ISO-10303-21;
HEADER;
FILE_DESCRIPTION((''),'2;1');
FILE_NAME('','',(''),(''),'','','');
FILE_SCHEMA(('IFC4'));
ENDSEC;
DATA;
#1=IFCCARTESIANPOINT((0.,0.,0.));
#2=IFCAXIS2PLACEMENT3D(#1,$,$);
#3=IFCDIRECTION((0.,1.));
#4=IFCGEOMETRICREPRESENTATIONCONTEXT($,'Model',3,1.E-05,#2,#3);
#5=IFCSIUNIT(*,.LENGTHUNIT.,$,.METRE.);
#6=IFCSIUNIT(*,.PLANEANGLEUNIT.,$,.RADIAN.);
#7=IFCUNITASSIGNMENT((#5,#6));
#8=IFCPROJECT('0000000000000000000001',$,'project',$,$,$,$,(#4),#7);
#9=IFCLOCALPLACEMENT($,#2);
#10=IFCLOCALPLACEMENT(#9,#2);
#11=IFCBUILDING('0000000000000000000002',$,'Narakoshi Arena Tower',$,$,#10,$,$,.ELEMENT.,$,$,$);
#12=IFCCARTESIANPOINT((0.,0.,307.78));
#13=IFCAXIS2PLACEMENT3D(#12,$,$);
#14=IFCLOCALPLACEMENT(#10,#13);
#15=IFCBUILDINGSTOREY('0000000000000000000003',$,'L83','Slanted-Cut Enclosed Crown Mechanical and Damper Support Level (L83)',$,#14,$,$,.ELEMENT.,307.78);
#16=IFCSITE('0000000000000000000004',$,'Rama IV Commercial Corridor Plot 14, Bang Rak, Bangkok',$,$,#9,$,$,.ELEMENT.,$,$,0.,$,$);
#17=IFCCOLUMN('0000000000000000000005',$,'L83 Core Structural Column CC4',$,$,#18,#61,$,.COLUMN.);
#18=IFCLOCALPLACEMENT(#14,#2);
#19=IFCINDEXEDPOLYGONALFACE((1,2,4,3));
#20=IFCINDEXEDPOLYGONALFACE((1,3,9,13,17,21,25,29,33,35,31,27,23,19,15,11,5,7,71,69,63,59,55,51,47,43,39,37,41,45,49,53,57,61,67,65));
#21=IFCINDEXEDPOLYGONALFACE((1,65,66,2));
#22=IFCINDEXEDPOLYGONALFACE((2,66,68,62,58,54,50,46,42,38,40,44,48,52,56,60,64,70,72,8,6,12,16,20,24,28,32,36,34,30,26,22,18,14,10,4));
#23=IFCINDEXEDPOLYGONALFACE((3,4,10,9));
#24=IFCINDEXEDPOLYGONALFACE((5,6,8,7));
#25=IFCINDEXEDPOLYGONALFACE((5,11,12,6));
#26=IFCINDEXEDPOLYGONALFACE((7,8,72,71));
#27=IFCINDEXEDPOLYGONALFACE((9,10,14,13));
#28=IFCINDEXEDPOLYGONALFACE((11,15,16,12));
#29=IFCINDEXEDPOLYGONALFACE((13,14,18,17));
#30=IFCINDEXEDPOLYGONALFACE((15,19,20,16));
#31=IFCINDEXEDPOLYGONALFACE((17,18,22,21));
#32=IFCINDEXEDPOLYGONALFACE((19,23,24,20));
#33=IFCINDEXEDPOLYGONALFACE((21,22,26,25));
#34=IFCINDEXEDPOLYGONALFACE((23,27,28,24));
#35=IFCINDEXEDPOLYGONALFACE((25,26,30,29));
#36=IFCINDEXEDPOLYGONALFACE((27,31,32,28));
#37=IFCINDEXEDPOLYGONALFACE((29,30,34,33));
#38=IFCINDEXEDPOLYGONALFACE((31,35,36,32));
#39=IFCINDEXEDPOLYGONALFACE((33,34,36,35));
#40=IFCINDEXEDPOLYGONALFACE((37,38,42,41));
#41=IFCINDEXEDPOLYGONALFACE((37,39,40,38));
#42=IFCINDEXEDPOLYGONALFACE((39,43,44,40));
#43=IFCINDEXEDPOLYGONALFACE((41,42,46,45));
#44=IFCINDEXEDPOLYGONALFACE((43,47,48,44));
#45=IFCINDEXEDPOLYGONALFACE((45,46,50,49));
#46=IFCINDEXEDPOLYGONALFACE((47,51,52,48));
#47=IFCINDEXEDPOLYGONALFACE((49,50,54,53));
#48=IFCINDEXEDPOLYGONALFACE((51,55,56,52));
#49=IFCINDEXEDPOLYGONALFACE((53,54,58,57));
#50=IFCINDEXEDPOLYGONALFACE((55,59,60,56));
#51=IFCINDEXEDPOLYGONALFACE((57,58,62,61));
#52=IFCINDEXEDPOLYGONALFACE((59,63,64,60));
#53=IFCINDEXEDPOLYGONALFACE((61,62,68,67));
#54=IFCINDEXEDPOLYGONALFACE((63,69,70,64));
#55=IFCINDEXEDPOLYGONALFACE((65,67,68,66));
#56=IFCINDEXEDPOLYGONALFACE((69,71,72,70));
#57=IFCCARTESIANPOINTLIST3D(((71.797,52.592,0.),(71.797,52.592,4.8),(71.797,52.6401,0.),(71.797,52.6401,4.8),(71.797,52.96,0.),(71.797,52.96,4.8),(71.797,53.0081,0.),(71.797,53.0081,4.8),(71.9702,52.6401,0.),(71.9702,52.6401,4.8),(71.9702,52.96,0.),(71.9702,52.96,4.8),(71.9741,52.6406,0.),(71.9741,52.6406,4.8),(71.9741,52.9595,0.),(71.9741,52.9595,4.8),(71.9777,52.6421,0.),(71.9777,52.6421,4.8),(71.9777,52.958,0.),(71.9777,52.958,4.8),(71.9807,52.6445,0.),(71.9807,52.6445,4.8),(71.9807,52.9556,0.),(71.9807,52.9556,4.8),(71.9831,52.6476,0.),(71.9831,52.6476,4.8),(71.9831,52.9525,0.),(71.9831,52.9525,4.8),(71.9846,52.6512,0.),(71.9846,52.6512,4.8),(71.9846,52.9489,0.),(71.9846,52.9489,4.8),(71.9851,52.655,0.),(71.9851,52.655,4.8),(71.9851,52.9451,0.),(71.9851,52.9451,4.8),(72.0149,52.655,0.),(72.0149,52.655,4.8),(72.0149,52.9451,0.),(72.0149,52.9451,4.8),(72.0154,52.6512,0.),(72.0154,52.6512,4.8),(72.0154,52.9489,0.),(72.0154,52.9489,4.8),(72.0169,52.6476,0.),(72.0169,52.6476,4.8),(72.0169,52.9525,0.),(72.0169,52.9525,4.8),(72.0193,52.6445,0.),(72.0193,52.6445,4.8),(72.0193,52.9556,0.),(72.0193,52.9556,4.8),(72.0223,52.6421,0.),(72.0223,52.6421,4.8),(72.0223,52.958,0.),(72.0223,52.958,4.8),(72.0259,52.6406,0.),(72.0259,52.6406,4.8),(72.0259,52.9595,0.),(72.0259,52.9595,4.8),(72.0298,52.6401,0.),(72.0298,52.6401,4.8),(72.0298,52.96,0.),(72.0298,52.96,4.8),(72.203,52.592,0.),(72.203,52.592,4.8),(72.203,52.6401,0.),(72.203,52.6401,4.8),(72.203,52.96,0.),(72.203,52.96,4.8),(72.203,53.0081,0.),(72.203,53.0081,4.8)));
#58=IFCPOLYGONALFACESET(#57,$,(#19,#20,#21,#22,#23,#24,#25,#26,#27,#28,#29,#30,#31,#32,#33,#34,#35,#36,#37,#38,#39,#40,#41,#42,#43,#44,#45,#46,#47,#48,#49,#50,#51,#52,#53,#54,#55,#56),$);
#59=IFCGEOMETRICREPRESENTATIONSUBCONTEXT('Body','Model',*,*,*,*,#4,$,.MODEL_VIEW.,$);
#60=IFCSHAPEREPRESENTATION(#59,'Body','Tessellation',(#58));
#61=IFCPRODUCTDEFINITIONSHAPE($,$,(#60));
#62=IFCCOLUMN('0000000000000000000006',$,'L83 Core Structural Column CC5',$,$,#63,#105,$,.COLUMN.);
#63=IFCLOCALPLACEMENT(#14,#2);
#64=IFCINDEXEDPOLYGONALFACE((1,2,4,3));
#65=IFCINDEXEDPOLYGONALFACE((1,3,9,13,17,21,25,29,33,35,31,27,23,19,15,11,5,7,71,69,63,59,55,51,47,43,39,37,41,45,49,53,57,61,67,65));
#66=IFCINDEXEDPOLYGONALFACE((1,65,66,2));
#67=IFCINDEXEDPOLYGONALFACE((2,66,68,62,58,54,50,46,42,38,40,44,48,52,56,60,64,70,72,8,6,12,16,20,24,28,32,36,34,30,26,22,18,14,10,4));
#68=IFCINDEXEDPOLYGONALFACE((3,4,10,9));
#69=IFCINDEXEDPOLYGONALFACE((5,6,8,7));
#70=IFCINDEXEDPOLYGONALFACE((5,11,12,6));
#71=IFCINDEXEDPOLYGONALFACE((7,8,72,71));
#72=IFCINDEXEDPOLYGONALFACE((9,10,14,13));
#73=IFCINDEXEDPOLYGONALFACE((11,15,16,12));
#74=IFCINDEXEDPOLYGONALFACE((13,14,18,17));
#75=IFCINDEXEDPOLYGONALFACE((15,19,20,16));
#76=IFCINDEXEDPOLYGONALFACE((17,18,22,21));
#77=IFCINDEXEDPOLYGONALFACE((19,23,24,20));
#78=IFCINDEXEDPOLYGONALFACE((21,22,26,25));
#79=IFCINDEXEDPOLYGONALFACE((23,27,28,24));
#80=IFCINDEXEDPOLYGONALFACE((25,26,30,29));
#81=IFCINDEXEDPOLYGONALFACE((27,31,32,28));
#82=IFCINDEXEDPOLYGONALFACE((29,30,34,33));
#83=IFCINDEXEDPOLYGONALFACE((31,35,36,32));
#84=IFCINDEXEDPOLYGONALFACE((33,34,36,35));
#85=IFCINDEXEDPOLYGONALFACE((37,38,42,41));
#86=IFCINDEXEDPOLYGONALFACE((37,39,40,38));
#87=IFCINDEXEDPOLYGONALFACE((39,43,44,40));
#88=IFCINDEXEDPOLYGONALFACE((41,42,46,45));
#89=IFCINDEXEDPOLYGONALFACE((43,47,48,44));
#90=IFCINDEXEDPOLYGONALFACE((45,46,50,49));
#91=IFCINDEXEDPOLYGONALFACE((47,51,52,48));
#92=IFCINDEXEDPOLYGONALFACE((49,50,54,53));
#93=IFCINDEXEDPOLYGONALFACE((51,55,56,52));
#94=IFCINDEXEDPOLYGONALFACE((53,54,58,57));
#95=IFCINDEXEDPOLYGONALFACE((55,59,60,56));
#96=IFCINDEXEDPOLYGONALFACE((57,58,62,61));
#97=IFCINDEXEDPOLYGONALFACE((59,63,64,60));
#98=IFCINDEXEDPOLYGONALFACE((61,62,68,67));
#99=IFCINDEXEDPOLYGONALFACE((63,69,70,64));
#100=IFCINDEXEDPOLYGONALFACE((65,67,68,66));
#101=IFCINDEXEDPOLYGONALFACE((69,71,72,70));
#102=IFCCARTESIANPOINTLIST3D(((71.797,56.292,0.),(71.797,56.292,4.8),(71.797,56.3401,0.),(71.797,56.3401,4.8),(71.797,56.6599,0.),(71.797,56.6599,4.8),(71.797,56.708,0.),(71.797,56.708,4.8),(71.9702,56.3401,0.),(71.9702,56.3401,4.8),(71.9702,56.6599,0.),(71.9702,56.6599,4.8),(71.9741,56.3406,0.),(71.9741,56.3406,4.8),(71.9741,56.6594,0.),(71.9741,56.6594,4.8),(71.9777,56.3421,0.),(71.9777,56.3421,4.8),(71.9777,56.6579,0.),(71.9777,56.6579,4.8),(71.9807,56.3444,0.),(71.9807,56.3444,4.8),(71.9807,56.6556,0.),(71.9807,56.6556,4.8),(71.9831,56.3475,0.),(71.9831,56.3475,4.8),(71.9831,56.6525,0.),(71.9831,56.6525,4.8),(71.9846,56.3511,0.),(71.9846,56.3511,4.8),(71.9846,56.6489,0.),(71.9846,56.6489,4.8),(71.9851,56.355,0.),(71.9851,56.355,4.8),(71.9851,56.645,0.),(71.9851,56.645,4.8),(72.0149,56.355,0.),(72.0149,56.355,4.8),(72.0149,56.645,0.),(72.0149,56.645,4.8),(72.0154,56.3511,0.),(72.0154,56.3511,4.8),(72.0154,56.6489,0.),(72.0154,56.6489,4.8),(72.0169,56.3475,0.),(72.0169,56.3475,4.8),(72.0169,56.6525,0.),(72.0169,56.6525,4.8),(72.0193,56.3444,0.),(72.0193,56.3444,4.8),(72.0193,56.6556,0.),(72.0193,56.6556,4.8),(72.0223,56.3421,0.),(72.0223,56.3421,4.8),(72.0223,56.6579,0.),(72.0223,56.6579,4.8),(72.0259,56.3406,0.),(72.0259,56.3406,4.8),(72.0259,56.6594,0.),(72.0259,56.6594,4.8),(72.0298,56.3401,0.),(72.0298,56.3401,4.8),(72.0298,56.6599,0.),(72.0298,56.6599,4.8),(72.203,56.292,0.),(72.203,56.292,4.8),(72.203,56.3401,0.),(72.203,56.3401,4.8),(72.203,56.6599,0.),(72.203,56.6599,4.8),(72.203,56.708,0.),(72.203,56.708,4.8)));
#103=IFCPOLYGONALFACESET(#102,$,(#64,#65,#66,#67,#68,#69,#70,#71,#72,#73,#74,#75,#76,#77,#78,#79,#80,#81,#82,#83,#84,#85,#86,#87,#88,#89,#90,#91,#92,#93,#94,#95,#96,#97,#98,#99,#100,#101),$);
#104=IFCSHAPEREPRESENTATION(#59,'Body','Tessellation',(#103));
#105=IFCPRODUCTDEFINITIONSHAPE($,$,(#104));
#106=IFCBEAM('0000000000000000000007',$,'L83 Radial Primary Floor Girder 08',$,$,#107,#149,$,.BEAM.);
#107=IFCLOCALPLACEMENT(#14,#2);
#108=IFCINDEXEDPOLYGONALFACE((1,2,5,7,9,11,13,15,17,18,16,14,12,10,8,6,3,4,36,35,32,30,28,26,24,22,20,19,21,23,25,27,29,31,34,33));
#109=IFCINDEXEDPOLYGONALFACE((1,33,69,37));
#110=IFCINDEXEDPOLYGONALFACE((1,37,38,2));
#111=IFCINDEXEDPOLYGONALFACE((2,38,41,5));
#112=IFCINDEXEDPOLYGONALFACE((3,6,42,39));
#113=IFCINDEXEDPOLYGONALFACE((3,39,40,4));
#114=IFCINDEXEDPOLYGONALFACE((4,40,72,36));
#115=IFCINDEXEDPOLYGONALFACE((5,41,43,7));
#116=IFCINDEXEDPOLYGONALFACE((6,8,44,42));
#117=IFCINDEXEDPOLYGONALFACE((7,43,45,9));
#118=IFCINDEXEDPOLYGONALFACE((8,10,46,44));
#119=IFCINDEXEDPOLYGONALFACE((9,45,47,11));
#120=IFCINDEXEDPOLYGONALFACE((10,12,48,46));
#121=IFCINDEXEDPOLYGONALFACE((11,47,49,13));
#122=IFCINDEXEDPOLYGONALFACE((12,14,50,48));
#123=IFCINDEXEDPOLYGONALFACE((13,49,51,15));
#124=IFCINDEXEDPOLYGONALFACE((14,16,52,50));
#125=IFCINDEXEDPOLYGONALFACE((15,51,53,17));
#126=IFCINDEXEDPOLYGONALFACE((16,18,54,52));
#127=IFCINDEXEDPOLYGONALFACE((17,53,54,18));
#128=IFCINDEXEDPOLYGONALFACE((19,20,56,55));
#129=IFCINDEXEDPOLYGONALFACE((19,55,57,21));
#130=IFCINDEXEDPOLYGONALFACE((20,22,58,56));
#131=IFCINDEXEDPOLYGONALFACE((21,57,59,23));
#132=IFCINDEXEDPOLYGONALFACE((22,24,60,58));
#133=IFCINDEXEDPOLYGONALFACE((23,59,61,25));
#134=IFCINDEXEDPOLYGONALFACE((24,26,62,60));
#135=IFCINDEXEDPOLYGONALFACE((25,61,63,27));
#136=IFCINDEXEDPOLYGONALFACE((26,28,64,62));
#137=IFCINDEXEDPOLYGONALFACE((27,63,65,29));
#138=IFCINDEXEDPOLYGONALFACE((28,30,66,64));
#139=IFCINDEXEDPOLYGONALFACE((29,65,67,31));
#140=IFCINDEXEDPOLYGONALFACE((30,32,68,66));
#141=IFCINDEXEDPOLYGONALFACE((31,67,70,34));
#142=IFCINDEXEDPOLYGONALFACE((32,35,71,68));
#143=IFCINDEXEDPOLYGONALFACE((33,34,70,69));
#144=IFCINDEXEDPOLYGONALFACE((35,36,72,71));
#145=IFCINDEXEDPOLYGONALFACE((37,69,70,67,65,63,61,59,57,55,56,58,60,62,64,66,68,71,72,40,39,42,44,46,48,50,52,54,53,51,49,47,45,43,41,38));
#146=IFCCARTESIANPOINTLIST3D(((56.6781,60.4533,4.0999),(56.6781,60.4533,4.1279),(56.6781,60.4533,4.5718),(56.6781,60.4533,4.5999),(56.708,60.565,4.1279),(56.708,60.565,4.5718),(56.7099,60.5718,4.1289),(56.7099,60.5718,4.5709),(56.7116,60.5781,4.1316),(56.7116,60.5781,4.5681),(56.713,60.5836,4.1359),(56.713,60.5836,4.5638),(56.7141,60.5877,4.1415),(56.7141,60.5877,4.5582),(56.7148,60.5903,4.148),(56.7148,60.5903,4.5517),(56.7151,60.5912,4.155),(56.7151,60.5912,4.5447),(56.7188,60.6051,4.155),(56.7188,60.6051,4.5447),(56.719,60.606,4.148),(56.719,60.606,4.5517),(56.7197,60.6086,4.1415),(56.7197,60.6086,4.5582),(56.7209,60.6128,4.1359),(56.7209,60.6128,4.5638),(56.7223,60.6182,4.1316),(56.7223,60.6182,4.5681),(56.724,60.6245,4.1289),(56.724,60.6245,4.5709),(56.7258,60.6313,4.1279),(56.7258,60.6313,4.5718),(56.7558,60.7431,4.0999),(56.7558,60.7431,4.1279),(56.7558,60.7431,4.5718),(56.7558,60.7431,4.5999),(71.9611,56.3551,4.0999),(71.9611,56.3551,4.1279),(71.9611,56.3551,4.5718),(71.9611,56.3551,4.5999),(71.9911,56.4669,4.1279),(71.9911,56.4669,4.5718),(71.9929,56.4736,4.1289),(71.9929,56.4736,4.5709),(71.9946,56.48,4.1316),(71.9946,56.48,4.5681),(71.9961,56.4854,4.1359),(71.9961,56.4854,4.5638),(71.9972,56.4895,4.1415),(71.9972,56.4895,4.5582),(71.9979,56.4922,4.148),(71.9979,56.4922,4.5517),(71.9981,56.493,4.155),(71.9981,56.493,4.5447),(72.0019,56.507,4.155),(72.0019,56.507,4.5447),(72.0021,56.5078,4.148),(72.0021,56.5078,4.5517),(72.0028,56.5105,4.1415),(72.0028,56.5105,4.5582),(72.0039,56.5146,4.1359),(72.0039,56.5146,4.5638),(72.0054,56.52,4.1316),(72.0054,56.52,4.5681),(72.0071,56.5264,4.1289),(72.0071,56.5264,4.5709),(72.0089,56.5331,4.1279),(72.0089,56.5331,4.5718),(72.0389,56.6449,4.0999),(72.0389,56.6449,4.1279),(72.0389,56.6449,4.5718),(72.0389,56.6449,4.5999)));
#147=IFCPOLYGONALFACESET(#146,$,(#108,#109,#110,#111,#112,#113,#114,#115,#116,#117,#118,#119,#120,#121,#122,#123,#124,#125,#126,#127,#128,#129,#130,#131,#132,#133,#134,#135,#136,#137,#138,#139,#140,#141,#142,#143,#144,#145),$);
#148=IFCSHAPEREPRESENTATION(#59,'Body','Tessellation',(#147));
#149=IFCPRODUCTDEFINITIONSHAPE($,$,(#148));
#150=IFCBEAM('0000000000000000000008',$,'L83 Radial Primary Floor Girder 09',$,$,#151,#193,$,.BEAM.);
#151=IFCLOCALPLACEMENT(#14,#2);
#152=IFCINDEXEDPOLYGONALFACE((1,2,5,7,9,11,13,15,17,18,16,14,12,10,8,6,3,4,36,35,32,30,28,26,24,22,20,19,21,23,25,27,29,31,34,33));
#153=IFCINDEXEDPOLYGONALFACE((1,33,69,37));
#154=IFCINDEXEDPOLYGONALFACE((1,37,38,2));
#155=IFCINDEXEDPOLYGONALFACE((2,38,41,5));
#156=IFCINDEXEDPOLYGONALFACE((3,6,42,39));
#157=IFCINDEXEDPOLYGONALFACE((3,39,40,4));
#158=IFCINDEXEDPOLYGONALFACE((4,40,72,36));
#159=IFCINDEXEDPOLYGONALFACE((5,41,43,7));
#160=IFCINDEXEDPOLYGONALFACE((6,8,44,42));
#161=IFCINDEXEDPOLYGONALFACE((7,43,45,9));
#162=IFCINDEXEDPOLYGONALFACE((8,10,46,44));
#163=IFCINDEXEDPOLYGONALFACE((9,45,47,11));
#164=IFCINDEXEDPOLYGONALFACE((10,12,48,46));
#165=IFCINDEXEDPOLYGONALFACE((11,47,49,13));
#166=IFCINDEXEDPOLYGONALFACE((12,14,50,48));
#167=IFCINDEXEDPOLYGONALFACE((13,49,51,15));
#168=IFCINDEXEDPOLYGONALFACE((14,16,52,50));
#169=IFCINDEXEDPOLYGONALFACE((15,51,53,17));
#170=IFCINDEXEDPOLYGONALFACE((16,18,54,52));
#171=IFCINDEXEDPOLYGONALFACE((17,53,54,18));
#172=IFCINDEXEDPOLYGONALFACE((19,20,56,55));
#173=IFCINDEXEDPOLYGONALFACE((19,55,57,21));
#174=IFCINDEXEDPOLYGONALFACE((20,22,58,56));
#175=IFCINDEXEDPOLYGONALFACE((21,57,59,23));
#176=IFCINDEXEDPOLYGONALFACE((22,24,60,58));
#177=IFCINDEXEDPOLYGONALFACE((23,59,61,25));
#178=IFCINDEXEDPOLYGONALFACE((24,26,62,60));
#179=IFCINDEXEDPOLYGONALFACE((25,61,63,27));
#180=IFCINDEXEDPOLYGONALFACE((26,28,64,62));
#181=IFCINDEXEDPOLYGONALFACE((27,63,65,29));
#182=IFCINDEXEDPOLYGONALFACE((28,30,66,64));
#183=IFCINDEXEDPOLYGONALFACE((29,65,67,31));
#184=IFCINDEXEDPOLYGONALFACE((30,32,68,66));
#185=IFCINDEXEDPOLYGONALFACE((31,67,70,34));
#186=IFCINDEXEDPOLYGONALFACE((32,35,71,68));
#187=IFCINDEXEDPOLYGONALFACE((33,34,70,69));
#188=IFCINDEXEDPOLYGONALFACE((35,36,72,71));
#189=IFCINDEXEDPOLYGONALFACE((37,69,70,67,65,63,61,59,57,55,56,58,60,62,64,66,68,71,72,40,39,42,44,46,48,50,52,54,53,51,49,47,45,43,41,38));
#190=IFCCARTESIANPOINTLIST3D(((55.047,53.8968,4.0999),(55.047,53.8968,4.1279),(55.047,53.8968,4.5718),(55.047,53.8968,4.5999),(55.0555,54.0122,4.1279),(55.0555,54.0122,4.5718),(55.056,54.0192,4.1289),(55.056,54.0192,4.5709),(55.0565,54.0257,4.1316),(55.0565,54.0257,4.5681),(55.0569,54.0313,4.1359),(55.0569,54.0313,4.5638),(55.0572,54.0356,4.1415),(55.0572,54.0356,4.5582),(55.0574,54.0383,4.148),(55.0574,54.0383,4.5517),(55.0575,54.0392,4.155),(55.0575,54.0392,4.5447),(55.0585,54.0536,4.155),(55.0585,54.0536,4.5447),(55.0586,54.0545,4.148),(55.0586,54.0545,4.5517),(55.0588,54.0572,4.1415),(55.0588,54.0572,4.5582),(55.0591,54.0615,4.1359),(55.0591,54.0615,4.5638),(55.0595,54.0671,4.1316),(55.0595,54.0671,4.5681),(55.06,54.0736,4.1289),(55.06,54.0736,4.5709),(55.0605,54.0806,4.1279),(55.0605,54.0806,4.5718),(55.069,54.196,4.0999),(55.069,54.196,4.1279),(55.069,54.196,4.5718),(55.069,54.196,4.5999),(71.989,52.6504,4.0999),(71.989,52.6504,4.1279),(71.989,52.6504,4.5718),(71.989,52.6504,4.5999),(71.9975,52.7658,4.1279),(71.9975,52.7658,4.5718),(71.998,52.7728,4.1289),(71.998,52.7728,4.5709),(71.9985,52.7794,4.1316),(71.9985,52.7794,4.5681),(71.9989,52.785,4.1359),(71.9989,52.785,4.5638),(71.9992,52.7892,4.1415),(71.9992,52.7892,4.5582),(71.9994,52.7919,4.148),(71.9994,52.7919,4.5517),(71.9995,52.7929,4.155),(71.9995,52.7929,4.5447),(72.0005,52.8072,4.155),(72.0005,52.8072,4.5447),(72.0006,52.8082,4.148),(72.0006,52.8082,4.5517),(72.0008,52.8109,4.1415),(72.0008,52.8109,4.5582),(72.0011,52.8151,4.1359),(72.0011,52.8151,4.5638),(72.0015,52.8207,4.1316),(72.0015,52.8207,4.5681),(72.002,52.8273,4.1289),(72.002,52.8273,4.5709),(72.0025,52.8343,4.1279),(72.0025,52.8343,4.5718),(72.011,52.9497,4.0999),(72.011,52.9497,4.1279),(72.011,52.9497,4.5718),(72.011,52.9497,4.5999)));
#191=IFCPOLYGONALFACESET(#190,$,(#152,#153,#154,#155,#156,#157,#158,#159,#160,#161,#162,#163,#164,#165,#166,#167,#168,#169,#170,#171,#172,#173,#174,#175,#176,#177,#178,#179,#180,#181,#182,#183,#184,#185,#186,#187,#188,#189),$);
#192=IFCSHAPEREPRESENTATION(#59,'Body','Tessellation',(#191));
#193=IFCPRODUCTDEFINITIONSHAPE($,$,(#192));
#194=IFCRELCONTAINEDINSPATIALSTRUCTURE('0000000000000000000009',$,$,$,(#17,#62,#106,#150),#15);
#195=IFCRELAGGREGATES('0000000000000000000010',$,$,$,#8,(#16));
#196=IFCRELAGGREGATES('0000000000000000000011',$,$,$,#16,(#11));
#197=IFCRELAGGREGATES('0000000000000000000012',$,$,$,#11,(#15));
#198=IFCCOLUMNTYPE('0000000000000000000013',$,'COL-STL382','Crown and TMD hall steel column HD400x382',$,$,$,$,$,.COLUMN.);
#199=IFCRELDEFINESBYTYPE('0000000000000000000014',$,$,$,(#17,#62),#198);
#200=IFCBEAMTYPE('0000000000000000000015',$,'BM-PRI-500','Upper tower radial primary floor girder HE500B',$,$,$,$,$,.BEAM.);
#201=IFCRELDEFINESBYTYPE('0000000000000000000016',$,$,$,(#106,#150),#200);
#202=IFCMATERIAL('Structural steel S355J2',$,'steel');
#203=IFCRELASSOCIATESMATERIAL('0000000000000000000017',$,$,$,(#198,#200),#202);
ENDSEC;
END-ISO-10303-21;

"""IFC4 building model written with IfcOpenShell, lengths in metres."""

from ifc_helpers import new_model, si_unit, direction, frame, origin, origin_2d, place, context, subcontext, project, spatial, i_section, extrude, material, material_profile, profile_set, type_object, element, save


model = new_model("IFC4")

# Units and contexts
model_context = context("Model", 3, precision=1e-05, world=origin(), true_north=direction((0.0, 1.0)))
body_context = subcontext(model_context, "Body", "Model", "MODEL_VIEW")
ifc_project = project(units=[si_unit("LENGTHUNIT", "METRE"), si_unit("PLANEANGLEUNIT", "RADIAN")], contexts=[model_context])

# Site, building, storey
site_placement = place(None, origin())
site = spatial("IfcSite", under=ifc_project, at=site_placement, Name="Rama IV Commercial Corridor Plot 14, Bang Rak, Bangkok", CompositionType="ELEMENT", RefElevation=0.0)
building_placement = place(site_placement, origin())
building = spatial("IfcBuilding", under=site, at=building_placement, Name="Narakoshi Arena Tower", CompositionType="ELEMENT")
storey_placement = place(building_placement, frame((0.0, 0.0, 307.78)))
storey = spatial("IfcBuildingStorey", under=building, at=storey_placement, Name="L83", Description="Slanted-Cut Enclosed Crown Mechanical and Damper Support Level (L83)", CompositionType="ELEMENT", Elevation=307.78)

# Columns
ifc_material_1 = material(Name="Structural steel S355J2", Category="steel")
ifc_material_profile_1 = material_profile(ifc_material_1, i_section(OverallWidth=0.406, OverallDepth=0.416, WebThickness=0.0298, FlangeThickness=0.0481, FilletRadius=0.0149, at=origin_2d()), Name="HD400x382")
ifc_profile_set_1 = profile_set([ifc_material_profile_1], Name="Structural steel S355J2")
column_type = type_object("IfcColumnType", Name="COL-STL382", Description="Crown and TMD hall steel column HD400x382", PredefinedType="COLUMN", material=ifc_profile_set_1)
for number, where, z_axis, x_axis, name in (
    (1, (72.0, 52.8, 0.0), (0.0, 0.0, 1.0), (1.0, 0.0, 0.0), "L83 Core Structural Column CC4"),
    (2, (72.0, 56.5, 0.0), (0.0, 0.0, 1.0), (1.0, 0.0, 0.0), "L83 Core Structural Column CC5"),
):
    element("IfcColumn", number, at=place(storey_placement, frame(where, z_axis=z_axis, x_axis=x_axis)), inside=storey, type_object=column_type, Name=name, PredefinedType="COLUMN", context=body_context, shape_type="SweptSolid", body=[
        extrude(i_section(OverallWidth=0.406, OverallDepth=0.416, WebThickness=0.0298, FlangeThickness=0.0481, FilletRadius=0.0149, at=origin_2d()), origin(), (0.0, 0.0, 1.0), 4.8),
    ])

# Beams
ifc_material_profile_2 = material_profile(ifc_material_1, i_section(OverallWidth=0.3, OverallDepth=0.5, WebThickness=0.0144, FlangeThickness=0.0281, FilletRadius=0.0271, at=origin_2d()), Name="HE500B")
ifc_profile_set_2 = profile_set([ifc_material_profile_2], Name="Structural steel S355J2")
beam_type = type_object("IfcBeamType", Name="BM-PRI-500", Description="Upper tower radial primary floor girder HE500B", PredefinedType="BEAM", material=ifc_profile_set_2)
beam_1_placement = place(storey_placement, frame((72.0, 56.5, 4.3499), z_axis=(-0.965877, 0.259001, 0.0), x_axis=(-0.259001, -0.965877, 0.0)))
element("IfcBeam", 3, at=beam_1_placement, inside=storey, type_object=beam_type, Name="L83 Radial Primary Floor Girder 08", PredefinedType="BEAM", context=body_context, shape_type="SweptSolid", body=[
    extrude(i_section(OverallWidth=0.3, OverallDepth=0.5, WebThickness=0.0144, FlangeThickness=0.0281, FilletRadius=0.0271, at=origin_2d()), origin(), (0.0, 0.0, 1.0), 15.823),
])
beam_2_placement = place(storey_placement, frame((72.0, 52.8, 4.3499), z_axis=(-0.997305, 0.073367, 0.0), x_axis=(-0.073367, -0.997305, 0.0)))
element("IfcBeam", 4, at=beam_2_placement, inside=storey, type_object=beam_type, Name="L83 Radial Primary Floor Girder 09", PredefinedType="BEAM", context=body_context, shape_type="SweptSolid", body=[
    extrude(i_section(OverallWidth=0.3, OverallDepth=0.5, WebThickness=0.0144, FlangeThickness=0.0281, FilletRadius=0.0271, at=origin_2d()), origin(), (0.0, 0.0, 1.0), 16.9878),
])

save(model, "model.ifc")
